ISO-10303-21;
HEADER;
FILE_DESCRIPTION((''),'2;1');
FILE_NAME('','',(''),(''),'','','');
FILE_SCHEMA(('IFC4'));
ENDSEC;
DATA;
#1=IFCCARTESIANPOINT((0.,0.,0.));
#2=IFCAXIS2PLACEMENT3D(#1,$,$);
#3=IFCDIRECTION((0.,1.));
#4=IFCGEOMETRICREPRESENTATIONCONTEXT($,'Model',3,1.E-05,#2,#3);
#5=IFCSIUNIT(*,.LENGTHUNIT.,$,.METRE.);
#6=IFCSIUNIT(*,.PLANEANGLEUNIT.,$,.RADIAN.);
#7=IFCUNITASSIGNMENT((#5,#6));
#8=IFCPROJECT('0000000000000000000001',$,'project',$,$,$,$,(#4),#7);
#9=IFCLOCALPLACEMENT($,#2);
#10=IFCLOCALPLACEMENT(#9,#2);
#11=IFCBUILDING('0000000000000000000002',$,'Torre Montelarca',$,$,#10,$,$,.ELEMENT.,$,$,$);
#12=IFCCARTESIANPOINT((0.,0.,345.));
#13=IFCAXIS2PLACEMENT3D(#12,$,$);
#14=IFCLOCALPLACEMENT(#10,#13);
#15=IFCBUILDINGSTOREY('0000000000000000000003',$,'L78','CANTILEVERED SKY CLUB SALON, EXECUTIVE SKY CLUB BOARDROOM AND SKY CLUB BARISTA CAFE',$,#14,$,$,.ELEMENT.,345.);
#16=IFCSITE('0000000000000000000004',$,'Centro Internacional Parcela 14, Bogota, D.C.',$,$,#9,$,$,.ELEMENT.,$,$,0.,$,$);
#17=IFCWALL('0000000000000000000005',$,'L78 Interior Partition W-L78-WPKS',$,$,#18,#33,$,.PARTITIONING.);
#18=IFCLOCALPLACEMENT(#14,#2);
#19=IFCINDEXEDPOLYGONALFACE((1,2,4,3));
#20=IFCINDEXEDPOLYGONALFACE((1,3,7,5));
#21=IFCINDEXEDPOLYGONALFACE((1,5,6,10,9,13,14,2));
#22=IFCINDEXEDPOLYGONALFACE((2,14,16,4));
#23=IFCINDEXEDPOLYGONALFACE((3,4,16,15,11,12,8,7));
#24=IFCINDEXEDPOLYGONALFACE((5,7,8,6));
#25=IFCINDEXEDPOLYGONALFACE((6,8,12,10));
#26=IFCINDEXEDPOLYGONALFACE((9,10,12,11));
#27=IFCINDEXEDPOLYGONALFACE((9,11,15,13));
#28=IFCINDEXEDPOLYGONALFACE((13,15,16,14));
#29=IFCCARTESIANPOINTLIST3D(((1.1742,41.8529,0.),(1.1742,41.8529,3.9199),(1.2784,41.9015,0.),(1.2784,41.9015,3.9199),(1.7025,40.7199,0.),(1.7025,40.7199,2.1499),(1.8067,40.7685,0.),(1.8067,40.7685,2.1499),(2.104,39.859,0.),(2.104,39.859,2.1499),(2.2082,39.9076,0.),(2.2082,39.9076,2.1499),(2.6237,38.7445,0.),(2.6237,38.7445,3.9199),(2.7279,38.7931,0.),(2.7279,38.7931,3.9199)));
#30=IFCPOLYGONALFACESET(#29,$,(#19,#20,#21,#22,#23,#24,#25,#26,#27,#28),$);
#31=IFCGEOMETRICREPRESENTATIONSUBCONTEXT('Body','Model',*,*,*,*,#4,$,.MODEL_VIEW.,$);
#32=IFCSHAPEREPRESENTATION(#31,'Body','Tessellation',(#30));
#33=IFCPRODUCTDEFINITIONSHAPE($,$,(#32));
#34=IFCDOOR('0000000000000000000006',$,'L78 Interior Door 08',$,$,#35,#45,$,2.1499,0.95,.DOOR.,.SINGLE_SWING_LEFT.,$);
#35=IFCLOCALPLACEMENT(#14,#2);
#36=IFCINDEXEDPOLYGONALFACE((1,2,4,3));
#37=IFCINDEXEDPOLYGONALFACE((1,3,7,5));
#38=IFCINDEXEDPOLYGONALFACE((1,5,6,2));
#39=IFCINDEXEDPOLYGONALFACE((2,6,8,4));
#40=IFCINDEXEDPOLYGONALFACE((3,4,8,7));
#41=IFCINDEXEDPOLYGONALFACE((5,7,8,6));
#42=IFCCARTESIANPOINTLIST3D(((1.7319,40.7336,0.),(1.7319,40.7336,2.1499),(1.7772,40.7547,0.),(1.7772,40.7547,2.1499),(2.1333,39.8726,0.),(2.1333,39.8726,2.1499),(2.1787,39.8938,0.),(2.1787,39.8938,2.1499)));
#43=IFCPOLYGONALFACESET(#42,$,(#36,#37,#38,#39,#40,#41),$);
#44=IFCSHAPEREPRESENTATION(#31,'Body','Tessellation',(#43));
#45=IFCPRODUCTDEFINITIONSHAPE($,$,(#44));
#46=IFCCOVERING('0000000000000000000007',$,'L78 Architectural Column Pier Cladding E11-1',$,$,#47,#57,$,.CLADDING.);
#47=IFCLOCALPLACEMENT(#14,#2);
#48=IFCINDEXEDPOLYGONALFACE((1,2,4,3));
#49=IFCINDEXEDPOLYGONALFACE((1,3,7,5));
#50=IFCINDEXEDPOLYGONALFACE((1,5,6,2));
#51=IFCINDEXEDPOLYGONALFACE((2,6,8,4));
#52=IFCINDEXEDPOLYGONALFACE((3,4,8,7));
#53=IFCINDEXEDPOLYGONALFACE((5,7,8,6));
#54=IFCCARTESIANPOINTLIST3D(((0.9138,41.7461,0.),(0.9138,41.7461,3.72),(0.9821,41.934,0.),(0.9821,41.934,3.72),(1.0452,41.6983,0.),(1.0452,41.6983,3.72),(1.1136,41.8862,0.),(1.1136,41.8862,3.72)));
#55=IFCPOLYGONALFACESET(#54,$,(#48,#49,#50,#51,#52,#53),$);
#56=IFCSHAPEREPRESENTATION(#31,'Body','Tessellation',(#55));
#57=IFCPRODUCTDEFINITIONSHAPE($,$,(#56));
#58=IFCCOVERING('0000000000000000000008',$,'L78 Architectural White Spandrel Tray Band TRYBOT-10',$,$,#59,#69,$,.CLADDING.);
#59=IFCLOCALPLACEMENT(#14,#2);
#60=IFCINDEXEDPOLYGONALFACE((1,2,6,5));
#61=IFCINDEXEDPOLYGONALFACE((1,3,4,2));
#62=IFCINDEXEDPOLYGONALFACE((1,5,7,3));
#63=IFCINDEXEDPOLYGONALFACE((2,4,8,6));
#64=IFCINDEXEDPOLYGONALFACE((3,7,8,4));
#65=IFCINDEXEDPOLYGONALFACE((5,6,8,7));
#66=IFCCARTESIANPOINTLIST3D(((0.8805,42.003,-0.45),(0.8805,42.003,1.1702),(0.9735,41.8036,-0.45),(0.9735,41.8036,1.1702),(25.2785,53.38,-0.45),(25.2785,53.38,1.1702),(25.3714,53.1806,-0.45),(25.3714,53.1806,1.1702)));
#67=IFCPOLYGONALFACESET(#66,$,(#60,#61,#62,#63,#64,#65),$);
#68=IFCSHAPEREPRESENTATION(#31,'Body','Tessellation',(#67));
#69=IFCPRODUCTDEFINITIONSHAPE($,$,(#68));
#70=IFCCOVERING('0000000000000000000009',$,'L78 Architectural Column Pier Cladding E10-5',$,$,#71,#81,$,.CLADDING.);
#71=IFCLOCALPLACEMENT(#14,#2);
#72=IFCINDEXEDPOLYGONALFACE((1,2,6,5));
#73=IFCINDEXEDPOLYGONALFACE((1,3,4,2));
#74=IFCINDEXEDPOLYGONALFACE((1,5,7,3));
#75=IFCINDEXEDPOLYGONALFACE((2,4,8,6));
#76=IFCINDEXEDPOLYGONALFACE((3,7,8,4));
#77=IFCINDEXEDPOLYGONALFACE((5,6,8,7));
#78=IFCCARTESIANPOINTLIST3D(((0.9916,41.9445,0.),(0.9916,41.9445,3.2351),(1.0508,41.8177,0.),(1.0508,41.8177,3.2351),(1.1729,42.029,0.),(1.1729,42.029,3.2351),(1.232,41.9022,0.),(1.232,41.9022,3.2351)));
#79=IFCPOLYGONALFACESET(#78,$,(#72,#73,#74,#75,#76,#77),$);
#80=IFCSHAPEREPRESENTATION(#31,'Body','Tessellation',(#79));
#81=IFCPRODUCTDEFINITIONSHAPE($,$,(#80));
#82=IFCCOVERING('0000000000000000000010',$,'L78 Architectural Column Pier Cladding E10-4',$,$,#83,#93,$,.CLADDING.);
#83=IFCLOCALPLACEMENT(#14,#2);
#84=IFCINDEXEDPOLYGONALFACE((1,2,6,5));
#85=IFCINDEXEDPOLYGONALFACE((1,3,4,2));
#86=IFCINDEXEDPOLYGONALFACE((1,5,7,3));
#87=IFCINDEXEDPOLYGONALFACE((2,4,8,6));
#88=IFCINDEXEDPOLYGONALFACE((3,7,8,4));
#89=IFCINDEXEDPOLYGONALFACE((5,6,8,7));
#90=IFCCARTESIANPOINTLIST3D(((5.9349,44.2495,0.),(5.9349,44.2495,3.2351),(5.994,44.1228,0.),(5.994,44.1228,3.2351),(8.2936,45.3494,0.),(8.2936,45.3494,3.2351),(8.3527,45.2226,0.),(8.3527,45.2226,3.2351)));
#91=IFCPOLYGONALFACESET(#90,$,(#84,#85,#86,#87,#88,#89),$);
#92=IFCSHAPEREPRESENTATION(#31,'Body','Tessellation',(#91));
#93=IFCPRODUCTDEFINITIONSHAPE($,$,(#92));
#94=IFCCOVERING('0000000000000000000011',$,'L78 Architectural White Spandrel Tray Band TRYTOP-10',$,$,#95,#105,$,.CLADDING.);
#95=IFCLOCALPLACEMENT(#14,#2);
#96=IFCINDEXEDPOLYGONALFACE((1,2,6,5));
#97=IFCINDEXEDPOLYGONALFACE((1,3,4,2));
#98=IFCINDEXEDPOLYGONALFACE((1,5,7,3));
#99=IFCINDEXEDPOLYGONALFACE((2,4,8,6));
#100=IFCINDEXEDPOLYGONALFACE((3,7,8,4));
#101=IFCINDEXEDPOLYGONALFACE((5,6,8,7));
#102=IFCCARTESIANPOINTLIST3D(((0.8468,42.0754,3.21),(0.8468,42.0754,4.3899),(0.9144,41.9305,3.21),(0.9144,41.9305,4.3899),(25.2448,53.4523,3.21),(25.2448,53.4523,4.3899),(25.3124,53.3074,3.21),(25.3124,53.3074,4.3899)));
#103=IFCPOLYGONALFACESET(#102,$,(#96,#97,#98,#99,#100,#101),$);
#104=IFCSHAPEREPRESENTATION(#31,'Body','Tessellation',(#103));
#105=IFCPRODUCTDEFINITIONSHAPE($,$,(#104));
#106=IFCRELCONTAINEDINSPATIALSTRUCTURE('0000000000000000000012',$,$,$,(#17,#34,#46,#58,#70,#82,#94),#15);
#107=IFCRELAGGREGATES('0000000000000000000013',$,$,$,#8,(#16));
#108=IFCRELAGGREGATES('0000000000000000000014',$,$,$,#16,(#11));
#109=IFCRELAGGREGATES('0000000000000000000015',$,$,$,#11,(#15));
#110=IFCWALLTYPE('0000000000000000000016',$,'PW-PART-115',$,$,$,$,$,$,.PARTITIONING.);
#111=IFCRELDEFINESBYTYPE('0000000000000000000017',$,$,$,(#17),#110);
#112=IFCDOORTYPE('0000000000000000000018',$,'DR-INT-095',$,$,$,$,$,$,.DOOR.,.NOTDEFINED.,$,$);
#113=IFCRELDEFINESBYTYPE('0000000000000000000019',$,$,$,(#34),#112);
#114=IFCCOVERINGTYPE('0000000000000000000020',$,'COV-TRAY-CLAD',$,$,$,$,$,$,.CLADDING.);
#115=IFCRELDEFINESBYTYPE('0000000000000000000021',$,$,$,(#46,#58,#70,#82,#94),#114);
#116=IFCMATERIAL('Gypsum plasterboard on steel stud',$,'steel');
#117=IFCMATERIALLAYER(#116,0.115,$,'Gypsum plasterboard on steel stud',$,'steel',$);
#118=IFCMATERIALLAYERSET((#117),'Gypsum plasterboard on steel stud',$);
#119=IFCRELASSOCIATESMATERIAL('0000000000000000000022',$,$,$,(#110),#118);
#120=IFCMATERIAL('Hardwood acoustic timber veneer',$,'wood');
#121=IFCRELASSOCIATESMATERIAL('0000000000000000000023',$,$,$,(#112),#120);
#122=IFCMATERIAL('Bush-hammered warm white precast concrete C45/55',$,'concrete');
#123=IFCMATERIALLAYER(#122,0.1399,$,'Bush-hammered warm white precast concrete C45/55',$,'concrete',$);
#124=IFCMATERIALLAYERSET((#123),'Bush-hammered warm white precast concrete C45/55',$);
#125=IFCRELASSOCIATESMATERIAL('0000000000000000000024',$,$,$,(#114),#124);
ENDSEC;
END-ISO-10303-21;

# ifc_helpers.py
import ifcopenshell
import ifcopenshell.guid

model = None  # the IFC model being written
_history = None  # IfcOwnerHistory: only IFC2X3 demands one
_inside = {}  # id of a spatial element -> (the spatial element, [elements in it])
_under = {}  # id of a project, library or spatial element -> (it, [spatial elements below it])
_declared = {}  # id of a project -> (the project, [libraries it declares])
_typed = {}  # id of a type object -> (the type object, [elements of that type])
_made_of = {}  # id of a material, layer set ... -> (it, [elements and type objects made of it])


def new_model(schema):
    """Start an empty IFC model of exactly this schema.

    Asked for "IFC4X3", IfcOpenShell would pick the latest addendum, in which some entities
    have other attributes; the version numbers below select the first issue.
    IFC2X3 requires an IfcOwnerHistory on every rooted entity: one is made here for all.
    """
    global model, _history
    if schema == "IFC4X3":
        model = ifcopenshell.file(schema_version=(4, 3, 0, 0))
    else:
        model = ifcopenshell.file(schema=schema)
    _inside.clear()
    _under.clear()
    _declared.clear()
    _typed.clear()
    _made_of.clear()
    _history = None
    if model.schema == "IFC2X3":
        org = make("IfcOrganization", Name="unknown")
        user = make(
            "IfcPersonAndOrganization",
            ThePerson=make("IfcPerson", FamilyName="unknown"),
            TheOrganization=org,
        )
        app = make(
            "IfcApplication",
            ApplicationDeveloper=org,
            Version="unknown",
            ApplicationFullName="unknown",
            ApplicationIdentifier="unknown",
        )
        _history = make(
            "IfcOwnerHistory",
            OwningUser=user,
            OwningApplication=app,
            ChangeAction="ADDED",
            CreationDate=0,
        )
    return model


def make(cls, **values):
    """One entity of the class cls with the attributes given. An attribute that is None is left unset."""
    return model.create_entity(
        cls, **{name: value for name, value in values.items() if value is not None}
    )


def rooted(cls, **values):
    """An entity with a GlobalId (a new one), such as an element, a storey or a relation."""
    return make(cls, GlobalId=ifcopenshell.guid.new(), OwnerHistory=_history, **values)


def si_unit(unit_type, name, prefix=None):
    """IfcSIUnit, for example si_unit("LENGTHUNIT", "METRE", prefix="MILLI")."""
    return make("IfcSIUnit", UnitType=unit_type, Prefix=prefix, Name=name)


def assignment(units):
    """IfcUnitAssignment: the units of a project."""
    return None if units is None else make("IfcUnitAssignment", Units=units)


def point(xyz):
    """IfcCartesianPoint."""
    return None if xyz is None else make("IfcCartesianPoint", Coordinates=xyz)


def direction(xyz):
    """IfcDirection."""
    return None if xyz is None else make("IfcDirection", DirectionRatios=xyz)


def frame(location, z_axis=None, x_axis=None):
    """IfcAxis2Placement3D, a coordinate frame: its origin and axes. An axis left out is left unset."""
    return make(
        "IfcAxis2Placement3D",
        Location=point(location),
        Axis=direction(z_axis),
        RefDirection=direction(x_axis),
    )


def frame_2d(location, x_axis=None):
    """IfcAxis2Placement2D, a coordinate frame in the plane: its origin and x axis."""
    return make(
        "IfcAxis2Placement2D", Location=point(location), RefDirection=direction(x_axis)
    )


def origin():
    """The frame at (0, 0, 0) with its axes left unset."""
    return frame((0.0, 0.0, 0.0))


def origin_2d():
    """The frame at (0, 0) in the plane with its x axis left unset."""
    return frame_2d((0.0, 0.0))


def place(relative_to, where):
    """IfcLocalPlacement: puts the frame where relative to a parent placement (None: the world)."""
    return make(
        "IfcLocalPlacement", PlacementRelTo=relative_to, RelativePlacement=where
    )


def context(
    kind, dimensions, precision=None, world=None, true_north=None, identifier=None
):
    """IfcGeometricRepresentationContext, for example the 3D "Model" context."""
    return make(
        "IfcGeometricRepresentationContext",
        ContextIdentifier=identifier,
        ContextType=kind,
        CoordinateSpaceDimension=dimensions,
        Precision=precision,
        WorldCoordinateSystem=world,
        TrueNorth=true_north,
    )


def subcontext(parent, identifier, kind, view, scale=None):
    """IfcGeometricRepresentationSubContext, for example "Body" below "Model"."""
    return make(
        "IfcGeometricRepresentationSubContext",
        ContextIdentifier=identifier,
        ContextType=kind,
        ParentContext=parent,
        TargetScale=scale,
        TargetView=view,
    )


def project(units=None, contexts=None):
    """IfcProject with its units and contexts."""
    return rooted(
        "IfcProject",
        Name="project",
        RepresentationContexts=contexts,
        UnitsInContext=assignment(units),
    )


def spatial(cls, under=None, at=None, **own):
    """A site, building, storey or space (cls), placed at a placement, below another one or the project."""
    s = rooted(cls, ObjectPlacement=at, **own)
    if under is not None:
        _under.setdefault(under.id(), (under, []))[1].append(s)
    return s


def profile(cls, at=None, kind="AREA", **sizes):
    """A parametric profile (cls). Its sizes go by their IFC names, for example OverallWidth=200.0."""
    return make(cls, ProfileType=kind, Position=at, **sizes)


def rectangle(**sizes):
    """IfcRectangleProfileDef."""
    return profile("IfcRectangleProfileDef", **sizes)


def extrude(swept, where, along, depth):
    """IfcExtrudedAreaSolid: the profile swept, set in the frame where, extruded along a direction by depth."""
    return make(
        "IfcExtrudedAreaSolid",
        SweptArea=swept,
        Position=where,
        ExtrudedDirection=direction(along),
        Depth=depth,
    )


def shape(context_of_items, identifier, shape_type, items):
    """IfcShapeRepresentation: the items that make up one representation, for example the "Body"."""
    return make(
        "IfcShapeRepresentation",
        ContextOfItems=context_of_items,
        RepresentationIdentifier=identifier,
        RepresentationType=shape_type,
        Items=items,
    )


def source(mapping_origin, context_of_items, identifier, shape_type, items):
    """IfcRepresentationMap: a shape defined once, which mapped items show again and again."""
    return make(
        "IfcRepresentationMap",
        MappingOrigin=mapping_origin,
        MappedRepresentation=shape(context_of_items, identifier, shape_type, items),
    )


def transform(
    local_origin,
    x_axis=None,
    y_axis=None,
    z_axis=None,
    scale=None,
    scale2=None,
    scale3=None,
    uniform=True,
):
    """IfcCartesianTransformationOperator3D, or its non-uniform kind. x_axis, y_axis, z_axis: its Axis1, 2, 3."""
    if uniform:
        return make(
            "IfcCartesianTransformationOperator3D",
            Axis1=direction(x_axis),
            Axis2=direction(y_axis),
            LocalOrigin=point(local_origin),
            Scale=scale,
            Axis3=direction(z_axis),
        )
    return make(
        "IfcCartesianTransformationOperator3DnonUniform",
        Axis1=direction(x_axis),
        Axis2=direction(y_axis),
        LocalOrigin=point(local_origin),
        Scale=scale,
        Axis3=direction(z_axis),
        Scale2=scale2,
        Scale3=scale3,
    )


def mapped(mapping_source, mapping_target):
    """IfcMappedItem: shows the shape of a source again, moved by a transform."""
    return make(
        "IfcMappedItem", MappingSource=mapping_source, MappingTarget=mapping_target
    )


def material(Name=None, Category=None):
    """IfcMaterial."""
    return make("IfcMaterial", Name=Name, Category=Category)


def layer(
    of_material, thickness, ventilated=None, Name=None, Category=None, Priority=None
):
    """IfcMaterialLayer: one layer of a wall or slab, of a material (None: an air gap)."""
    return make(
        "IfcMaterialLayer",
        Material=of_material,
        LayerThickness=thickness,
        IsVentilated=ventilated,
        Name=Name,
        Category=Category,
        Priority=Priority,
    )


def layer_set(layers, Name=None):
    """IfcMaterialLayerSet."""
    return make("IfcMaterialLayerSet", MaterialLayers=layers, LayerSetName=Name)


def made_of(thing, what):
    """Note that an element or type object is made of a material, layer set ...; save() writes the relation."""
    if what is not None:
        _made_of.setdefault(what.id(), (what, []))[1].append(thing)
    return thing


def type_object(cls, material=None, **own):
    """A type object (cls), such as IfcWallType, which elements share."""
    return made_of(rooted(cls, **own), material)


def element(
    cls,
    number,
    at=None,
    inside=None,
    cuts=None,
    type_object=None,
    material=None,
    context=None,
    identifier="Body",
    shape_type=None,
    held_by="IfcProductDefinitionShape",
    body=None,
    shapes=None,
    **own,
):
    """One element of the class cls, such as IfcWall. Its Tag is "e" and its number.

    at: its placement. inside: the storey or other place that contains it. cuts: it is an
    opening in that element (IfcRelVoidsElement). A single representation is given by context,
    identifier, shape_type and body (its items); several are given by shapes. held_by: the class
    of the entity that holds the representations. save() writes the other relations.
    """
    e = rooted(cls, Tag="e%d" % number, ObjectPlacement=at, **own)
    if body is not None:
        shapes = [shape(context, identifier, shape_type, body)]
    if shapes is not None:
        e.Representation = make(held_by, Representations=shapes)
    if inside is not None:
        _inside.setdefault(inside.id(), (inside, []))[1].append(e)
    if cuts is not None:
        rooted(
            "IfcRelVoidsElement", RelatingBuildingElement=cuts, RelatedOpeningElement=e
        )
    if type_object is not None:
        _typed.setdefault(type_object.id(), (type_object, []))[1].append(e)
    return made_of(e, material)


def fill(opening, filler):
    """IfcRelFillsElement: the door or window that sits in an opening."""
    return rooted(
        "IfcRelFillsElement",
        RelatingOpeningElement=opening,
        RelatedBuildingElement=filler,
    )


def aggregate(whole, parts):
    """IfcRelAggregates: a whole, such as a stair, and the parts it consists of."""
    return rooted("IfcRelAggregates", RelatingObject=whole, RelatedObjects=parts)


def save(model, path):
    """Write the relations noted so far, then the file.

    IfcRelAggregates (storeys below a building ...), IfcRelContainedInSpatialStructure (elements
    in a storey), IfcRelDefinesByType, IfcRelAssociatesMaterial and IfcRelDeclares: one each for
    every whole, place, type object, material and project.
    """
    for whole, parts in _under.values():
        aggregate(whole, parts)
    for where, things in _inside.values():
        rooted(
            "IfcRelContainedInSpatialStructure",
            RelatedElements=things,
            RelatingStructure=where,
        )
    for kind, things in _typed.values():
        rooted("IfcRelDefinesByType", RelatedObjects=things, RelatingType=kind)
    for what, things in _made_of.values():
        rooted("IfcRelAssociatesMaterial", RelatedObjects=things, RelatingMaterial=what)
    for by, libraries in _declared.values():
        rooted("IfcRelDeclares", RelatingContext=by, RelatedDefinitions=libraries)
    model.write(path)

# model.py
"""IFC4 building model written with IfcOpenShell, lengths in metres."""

from ifc_helpers import new_model, si_unit, direction, frame, frame_2d, origin, origin_2d, place, context, subcontext, project, spatial, rectangle, extrude, source, transform, mapped, material, layer, layer_set, type_object, element, fill, save


model = new_model("IFC4")

# Units and contexts
model_context = context("Model", 3, precision=1e-05, world=origin(), true_north=direction((0.0, 1.0)))
body_context = subcontext(model_context, "Body", "Model", "MODEL_VIEW")
ifc_project = project(units=[si_unit("LENGTHUNIT", "METRE"), si_unit("PLANEANGLEUNIT", "RADIAN")], contexts=[model_context])

# Site, building, storey
site_placement = place(None, origin())
site = spatial("IfcSite", under=ifc_project, at=site_placement, Name="Centro Internacional Parcela 14, Bogota, D.C.", CompositionType="ELEMENT", RefElevation=0.0)
building_placement = place(site_placement, origin())
building = spatial("IfcBuilding", under=site, at=building_placement, Name="Torre Montelarca", CompositionType="ELEMENT")
storey_placement = place(building_placement, frame((0.0, 0.0, 345.0)))
storey = spatial("IfcBuildingStorey", under=building, at=storey_placement, Name="L78", Description="CANTILEVERED SKY CLUB SALON, EXECUTIVE SKY CLUB BOARDROOM AND SKY CLUB BARISTA CAFE", CompositionType="ELEMENT", Elevation=345.0)

# Wall, opening, door
ifc_material_1 = material(Name="Gypsum plasterboard on steel stud", Category="steel")
ifc_layer_1 = layer(ifc_material_1, 0.115, Name="Gypsum plasterboard on steel stud", Category="steel")
ifc_layer_set_1 = layer_set([ifc_layer_1], Name="Gypsum plasterboard on steel stud")
wall_type = type_object("IfcWallType", Name="PW-PART-115", PredefinedType="PARTITIONING", material=ifc_layer_set_1)
wall_placement = place(storey_placement, frame((1.2263, 41.8772, 0.0), z_axis=(0.0, 0.0, 1.0), x_axis=(0.422617, -0.906309, 0.0)))
wall = element("IfcWall", 1, at=wall_placement, inside=storey, type_object=wall_type, Name="L78 Interior Partition W-L78-WPKS", PredefinedType="PARTITIONING", context=body_context, shape_type="SweptSolid", body=[
    extrude(rectangle(XDim=3.4297, YDim=0.115, at=frame_2d((1.7148, 0.0))), origin(), (0.0, 0.0, 1.0), 3.9199),
])
opening_placement = place(wall_placement, frame((1.25, 0.0, 0.0)))
opening = element("IfcOpeningElement", 2, at=opening_placement, cuts=wall, PredefinedType="OPENING", context=body_context, shape_type="SweptSolid", body=[
    extrude(rectangle(XDim=0.95, YDim=2.1499, at=frame_2d((0.4751, 1.075))), frame((0.0, 0.0674, 0.0), z_axis=(0.0, -1.0, 0.0), x_axis=(1.0, 0.0, 0.0)), (0.0, 0.0, 1.0), 0.135),
])
ifc_material_2 = material(Name="Hardwood acoustic timber veneer", Category="wood")
door_type = type_object("IfcDoorType", Name="DR-INT-095", OperationType="NOTDEFINED", PredefinedType="DOOR", material=ifc_material_2)
shared_shape_1 = source(origin(), body_context, "Body", "SweptSolid", [
    extrude(rectangle(XDim=0.95, YDim=2.1499, at=frame_2d((0.4751, 1.075))), frame((0.0, 0.0249, 0.0), z_axis=(0.0, -1.0, 0.0), x_axis=(1.0, 0.0, 0.0)), (0.0, 0.0, 1.0), 0.05),
])
door_placement = place(opening_placement, origin())
door = element("IfcDoor", 3, at=door_placement, inside=storey, type_object=door_type, Name="L78 Interior Door 08", OperationType="SINGLE_SWING_LEFT", OverallHeight=2.1499, OverallWidth=0.95, PredefinedType="DOOR", context=body_context, shape_type="MappedRepresentation", body=[
    mapped(shared_shape_1, transform((0.0, 0.0, 0.0), scale=1.0)),
])
fill(opening, door)

# Coverings
ifc_material_3 = material(Name="Bush-hammered warm white precast concrete C45/55", Category="concrete")
ifc_layer_2 = layer(ifc_material_3, 0.1399, Name="Bush-hammered warm white precast concrete C45/55", Category="concrete")
ifc_layer_set_2 = layer_set([ifc_layer_2], Name="Bush-hammered warm white precast concrete C45/55")
covering_type = type_object("IfcCoveringType", Name="COV-TRAY-CLAD", PredefinedType="CLADDING", material=ifc_layer_set_2)
shared_shape_2 = source(origin(), body_context, "Body", "SweptSolid", [
    extrude(rectangle(XDim=0.2, YDim=0.1399, at=origin_2d()), origin(), (0.0, 0.0, 1.0), 3.72),
])
covering_1_placement = place(storey_placement, frame((1.0137, 41.8162, 0.0), z_axis=(0.0, 0.0, 1.0), x_axis=(-0.34201, -0.939696, 0.0)))
element("IfcCovering", 4, at=covering_1_placement, inside=storey, type_object=covering_type, Name="L78 Architectural Column Pier Cladding E11-1", PredefinedType="CLADDING", context=body_context, shape_type="MappedRepresentation", body=[
    mapped(shared_shape_2, transform((0.0, 0.0, 0.0), scale=1.0)),
])
shared_shape_3 = source(origin(), body_context, "Body", "SweptSolid", [
    extrude(rectangle(XDim=26.9202, YDim=0.22, at=origin_2d()), origin(), (0.0, 0.0, 1.0), 1.6201),
])
covering_2_placement = place(storey_placement, frame((13.126, 47.5918, -0.45), z_axis=(0.0, 0.0, 1.0), x_axis=(-0.906308, -0.422618, 0.0)))
element("IfcCovering", 5, at=covering_2_placement, inside=storey, type_object=covering_type, Name="L78 Architectural White Spandrel Tray Band TRYBOT-10", PredefinedType="CLADDING", context=body_context, shape_type="MappedRepresentation", body=[
    mapped(shared_shape_3, transform((0.0, 0.0, 0.0), scale=1.0)),
])
shared_shape_4 = source(origin(), body_context, "Body", "SweptSolid", [
    extrude(rectangle(XDim=0.2, YDim=0.1399, at=origin_2d()), origin(), (0.0, 0.0, 1.0), 3.2351),
])
covering_3_placement = place(storey_placement, frame((1.1118, 41.9233, 0.0), z_axis=(0.0, 0.0, 1.0), x_axis=(-0.906308, -0.422618, 0.0)))
element("IfcCovering", 6, at=covering_3_placement, inside=storey, type_object=covering_type, Name="L78 Architectural Column Pier Cladding E10-5", PredefinedType="CLADDING", context=body_context, shape_type="MappedRepresentation", body=[
    mapped(shared_shape_4, transform((0.0, 0.0, 0.0), scale=1.0)),
])
shared_shape_5 = source(origin(), body_context, "Body", "SweptSolid", [
    extrude(rectangle(XDim=2.6025, YDim=0.1399, at=origin_2d()), origin(), (0.0, 0.0, 1.0), 3.2351),
])
covering_4_placement = place(storey_placement, frame((7.1438, 44.7361, 0.0), z_axis=(0.0, 0.0, 1.0), x_axis=(-0.906308, -0.422618, 0.0)))
element("IfcCovering", 7, at=covering_4_placement, inside=storey, type_object=covering_type, Name="L78 Architectural Column Pier Cladding E10-4", PredefinedType="CLADDING", context=body_context, shape_type="MappedRepresentation", body=[
    mapped(shared_shape_5, transform((0.0, 0.0, 0.0), scale=1.0)),
])
shared_shape_6 = source(origin(), body_context, "Body", "SweptSolid", [
    extrude(rectangle(XDim=26.9202, YDim=0.1599, at=origin_2d()), origin(), (0.0, 0.0, 1.0), 1.1799),
])
covering_5_placement = place(storey_placement, frame((13.0796, 47.6914, 3.21), z_axis=(0.0, 0.0, 1.0), x_axis=(-0.906308, -0.422618, 0.0)))
element("IfcCovering", 8, at=covering_5_placement, inside=storey, type_object=covering_type, Name="L78 Architectural White Spandrel Tray Band TRYTOP-10", PredefinedType="CLADDING", context=body_context, shape_type="MappedRepresentation", body=[
    mapped(shared_shape_6, transform((0.0, 0.0, 0.0), scale=1.0)),
])

save(model, "model.ifc")
